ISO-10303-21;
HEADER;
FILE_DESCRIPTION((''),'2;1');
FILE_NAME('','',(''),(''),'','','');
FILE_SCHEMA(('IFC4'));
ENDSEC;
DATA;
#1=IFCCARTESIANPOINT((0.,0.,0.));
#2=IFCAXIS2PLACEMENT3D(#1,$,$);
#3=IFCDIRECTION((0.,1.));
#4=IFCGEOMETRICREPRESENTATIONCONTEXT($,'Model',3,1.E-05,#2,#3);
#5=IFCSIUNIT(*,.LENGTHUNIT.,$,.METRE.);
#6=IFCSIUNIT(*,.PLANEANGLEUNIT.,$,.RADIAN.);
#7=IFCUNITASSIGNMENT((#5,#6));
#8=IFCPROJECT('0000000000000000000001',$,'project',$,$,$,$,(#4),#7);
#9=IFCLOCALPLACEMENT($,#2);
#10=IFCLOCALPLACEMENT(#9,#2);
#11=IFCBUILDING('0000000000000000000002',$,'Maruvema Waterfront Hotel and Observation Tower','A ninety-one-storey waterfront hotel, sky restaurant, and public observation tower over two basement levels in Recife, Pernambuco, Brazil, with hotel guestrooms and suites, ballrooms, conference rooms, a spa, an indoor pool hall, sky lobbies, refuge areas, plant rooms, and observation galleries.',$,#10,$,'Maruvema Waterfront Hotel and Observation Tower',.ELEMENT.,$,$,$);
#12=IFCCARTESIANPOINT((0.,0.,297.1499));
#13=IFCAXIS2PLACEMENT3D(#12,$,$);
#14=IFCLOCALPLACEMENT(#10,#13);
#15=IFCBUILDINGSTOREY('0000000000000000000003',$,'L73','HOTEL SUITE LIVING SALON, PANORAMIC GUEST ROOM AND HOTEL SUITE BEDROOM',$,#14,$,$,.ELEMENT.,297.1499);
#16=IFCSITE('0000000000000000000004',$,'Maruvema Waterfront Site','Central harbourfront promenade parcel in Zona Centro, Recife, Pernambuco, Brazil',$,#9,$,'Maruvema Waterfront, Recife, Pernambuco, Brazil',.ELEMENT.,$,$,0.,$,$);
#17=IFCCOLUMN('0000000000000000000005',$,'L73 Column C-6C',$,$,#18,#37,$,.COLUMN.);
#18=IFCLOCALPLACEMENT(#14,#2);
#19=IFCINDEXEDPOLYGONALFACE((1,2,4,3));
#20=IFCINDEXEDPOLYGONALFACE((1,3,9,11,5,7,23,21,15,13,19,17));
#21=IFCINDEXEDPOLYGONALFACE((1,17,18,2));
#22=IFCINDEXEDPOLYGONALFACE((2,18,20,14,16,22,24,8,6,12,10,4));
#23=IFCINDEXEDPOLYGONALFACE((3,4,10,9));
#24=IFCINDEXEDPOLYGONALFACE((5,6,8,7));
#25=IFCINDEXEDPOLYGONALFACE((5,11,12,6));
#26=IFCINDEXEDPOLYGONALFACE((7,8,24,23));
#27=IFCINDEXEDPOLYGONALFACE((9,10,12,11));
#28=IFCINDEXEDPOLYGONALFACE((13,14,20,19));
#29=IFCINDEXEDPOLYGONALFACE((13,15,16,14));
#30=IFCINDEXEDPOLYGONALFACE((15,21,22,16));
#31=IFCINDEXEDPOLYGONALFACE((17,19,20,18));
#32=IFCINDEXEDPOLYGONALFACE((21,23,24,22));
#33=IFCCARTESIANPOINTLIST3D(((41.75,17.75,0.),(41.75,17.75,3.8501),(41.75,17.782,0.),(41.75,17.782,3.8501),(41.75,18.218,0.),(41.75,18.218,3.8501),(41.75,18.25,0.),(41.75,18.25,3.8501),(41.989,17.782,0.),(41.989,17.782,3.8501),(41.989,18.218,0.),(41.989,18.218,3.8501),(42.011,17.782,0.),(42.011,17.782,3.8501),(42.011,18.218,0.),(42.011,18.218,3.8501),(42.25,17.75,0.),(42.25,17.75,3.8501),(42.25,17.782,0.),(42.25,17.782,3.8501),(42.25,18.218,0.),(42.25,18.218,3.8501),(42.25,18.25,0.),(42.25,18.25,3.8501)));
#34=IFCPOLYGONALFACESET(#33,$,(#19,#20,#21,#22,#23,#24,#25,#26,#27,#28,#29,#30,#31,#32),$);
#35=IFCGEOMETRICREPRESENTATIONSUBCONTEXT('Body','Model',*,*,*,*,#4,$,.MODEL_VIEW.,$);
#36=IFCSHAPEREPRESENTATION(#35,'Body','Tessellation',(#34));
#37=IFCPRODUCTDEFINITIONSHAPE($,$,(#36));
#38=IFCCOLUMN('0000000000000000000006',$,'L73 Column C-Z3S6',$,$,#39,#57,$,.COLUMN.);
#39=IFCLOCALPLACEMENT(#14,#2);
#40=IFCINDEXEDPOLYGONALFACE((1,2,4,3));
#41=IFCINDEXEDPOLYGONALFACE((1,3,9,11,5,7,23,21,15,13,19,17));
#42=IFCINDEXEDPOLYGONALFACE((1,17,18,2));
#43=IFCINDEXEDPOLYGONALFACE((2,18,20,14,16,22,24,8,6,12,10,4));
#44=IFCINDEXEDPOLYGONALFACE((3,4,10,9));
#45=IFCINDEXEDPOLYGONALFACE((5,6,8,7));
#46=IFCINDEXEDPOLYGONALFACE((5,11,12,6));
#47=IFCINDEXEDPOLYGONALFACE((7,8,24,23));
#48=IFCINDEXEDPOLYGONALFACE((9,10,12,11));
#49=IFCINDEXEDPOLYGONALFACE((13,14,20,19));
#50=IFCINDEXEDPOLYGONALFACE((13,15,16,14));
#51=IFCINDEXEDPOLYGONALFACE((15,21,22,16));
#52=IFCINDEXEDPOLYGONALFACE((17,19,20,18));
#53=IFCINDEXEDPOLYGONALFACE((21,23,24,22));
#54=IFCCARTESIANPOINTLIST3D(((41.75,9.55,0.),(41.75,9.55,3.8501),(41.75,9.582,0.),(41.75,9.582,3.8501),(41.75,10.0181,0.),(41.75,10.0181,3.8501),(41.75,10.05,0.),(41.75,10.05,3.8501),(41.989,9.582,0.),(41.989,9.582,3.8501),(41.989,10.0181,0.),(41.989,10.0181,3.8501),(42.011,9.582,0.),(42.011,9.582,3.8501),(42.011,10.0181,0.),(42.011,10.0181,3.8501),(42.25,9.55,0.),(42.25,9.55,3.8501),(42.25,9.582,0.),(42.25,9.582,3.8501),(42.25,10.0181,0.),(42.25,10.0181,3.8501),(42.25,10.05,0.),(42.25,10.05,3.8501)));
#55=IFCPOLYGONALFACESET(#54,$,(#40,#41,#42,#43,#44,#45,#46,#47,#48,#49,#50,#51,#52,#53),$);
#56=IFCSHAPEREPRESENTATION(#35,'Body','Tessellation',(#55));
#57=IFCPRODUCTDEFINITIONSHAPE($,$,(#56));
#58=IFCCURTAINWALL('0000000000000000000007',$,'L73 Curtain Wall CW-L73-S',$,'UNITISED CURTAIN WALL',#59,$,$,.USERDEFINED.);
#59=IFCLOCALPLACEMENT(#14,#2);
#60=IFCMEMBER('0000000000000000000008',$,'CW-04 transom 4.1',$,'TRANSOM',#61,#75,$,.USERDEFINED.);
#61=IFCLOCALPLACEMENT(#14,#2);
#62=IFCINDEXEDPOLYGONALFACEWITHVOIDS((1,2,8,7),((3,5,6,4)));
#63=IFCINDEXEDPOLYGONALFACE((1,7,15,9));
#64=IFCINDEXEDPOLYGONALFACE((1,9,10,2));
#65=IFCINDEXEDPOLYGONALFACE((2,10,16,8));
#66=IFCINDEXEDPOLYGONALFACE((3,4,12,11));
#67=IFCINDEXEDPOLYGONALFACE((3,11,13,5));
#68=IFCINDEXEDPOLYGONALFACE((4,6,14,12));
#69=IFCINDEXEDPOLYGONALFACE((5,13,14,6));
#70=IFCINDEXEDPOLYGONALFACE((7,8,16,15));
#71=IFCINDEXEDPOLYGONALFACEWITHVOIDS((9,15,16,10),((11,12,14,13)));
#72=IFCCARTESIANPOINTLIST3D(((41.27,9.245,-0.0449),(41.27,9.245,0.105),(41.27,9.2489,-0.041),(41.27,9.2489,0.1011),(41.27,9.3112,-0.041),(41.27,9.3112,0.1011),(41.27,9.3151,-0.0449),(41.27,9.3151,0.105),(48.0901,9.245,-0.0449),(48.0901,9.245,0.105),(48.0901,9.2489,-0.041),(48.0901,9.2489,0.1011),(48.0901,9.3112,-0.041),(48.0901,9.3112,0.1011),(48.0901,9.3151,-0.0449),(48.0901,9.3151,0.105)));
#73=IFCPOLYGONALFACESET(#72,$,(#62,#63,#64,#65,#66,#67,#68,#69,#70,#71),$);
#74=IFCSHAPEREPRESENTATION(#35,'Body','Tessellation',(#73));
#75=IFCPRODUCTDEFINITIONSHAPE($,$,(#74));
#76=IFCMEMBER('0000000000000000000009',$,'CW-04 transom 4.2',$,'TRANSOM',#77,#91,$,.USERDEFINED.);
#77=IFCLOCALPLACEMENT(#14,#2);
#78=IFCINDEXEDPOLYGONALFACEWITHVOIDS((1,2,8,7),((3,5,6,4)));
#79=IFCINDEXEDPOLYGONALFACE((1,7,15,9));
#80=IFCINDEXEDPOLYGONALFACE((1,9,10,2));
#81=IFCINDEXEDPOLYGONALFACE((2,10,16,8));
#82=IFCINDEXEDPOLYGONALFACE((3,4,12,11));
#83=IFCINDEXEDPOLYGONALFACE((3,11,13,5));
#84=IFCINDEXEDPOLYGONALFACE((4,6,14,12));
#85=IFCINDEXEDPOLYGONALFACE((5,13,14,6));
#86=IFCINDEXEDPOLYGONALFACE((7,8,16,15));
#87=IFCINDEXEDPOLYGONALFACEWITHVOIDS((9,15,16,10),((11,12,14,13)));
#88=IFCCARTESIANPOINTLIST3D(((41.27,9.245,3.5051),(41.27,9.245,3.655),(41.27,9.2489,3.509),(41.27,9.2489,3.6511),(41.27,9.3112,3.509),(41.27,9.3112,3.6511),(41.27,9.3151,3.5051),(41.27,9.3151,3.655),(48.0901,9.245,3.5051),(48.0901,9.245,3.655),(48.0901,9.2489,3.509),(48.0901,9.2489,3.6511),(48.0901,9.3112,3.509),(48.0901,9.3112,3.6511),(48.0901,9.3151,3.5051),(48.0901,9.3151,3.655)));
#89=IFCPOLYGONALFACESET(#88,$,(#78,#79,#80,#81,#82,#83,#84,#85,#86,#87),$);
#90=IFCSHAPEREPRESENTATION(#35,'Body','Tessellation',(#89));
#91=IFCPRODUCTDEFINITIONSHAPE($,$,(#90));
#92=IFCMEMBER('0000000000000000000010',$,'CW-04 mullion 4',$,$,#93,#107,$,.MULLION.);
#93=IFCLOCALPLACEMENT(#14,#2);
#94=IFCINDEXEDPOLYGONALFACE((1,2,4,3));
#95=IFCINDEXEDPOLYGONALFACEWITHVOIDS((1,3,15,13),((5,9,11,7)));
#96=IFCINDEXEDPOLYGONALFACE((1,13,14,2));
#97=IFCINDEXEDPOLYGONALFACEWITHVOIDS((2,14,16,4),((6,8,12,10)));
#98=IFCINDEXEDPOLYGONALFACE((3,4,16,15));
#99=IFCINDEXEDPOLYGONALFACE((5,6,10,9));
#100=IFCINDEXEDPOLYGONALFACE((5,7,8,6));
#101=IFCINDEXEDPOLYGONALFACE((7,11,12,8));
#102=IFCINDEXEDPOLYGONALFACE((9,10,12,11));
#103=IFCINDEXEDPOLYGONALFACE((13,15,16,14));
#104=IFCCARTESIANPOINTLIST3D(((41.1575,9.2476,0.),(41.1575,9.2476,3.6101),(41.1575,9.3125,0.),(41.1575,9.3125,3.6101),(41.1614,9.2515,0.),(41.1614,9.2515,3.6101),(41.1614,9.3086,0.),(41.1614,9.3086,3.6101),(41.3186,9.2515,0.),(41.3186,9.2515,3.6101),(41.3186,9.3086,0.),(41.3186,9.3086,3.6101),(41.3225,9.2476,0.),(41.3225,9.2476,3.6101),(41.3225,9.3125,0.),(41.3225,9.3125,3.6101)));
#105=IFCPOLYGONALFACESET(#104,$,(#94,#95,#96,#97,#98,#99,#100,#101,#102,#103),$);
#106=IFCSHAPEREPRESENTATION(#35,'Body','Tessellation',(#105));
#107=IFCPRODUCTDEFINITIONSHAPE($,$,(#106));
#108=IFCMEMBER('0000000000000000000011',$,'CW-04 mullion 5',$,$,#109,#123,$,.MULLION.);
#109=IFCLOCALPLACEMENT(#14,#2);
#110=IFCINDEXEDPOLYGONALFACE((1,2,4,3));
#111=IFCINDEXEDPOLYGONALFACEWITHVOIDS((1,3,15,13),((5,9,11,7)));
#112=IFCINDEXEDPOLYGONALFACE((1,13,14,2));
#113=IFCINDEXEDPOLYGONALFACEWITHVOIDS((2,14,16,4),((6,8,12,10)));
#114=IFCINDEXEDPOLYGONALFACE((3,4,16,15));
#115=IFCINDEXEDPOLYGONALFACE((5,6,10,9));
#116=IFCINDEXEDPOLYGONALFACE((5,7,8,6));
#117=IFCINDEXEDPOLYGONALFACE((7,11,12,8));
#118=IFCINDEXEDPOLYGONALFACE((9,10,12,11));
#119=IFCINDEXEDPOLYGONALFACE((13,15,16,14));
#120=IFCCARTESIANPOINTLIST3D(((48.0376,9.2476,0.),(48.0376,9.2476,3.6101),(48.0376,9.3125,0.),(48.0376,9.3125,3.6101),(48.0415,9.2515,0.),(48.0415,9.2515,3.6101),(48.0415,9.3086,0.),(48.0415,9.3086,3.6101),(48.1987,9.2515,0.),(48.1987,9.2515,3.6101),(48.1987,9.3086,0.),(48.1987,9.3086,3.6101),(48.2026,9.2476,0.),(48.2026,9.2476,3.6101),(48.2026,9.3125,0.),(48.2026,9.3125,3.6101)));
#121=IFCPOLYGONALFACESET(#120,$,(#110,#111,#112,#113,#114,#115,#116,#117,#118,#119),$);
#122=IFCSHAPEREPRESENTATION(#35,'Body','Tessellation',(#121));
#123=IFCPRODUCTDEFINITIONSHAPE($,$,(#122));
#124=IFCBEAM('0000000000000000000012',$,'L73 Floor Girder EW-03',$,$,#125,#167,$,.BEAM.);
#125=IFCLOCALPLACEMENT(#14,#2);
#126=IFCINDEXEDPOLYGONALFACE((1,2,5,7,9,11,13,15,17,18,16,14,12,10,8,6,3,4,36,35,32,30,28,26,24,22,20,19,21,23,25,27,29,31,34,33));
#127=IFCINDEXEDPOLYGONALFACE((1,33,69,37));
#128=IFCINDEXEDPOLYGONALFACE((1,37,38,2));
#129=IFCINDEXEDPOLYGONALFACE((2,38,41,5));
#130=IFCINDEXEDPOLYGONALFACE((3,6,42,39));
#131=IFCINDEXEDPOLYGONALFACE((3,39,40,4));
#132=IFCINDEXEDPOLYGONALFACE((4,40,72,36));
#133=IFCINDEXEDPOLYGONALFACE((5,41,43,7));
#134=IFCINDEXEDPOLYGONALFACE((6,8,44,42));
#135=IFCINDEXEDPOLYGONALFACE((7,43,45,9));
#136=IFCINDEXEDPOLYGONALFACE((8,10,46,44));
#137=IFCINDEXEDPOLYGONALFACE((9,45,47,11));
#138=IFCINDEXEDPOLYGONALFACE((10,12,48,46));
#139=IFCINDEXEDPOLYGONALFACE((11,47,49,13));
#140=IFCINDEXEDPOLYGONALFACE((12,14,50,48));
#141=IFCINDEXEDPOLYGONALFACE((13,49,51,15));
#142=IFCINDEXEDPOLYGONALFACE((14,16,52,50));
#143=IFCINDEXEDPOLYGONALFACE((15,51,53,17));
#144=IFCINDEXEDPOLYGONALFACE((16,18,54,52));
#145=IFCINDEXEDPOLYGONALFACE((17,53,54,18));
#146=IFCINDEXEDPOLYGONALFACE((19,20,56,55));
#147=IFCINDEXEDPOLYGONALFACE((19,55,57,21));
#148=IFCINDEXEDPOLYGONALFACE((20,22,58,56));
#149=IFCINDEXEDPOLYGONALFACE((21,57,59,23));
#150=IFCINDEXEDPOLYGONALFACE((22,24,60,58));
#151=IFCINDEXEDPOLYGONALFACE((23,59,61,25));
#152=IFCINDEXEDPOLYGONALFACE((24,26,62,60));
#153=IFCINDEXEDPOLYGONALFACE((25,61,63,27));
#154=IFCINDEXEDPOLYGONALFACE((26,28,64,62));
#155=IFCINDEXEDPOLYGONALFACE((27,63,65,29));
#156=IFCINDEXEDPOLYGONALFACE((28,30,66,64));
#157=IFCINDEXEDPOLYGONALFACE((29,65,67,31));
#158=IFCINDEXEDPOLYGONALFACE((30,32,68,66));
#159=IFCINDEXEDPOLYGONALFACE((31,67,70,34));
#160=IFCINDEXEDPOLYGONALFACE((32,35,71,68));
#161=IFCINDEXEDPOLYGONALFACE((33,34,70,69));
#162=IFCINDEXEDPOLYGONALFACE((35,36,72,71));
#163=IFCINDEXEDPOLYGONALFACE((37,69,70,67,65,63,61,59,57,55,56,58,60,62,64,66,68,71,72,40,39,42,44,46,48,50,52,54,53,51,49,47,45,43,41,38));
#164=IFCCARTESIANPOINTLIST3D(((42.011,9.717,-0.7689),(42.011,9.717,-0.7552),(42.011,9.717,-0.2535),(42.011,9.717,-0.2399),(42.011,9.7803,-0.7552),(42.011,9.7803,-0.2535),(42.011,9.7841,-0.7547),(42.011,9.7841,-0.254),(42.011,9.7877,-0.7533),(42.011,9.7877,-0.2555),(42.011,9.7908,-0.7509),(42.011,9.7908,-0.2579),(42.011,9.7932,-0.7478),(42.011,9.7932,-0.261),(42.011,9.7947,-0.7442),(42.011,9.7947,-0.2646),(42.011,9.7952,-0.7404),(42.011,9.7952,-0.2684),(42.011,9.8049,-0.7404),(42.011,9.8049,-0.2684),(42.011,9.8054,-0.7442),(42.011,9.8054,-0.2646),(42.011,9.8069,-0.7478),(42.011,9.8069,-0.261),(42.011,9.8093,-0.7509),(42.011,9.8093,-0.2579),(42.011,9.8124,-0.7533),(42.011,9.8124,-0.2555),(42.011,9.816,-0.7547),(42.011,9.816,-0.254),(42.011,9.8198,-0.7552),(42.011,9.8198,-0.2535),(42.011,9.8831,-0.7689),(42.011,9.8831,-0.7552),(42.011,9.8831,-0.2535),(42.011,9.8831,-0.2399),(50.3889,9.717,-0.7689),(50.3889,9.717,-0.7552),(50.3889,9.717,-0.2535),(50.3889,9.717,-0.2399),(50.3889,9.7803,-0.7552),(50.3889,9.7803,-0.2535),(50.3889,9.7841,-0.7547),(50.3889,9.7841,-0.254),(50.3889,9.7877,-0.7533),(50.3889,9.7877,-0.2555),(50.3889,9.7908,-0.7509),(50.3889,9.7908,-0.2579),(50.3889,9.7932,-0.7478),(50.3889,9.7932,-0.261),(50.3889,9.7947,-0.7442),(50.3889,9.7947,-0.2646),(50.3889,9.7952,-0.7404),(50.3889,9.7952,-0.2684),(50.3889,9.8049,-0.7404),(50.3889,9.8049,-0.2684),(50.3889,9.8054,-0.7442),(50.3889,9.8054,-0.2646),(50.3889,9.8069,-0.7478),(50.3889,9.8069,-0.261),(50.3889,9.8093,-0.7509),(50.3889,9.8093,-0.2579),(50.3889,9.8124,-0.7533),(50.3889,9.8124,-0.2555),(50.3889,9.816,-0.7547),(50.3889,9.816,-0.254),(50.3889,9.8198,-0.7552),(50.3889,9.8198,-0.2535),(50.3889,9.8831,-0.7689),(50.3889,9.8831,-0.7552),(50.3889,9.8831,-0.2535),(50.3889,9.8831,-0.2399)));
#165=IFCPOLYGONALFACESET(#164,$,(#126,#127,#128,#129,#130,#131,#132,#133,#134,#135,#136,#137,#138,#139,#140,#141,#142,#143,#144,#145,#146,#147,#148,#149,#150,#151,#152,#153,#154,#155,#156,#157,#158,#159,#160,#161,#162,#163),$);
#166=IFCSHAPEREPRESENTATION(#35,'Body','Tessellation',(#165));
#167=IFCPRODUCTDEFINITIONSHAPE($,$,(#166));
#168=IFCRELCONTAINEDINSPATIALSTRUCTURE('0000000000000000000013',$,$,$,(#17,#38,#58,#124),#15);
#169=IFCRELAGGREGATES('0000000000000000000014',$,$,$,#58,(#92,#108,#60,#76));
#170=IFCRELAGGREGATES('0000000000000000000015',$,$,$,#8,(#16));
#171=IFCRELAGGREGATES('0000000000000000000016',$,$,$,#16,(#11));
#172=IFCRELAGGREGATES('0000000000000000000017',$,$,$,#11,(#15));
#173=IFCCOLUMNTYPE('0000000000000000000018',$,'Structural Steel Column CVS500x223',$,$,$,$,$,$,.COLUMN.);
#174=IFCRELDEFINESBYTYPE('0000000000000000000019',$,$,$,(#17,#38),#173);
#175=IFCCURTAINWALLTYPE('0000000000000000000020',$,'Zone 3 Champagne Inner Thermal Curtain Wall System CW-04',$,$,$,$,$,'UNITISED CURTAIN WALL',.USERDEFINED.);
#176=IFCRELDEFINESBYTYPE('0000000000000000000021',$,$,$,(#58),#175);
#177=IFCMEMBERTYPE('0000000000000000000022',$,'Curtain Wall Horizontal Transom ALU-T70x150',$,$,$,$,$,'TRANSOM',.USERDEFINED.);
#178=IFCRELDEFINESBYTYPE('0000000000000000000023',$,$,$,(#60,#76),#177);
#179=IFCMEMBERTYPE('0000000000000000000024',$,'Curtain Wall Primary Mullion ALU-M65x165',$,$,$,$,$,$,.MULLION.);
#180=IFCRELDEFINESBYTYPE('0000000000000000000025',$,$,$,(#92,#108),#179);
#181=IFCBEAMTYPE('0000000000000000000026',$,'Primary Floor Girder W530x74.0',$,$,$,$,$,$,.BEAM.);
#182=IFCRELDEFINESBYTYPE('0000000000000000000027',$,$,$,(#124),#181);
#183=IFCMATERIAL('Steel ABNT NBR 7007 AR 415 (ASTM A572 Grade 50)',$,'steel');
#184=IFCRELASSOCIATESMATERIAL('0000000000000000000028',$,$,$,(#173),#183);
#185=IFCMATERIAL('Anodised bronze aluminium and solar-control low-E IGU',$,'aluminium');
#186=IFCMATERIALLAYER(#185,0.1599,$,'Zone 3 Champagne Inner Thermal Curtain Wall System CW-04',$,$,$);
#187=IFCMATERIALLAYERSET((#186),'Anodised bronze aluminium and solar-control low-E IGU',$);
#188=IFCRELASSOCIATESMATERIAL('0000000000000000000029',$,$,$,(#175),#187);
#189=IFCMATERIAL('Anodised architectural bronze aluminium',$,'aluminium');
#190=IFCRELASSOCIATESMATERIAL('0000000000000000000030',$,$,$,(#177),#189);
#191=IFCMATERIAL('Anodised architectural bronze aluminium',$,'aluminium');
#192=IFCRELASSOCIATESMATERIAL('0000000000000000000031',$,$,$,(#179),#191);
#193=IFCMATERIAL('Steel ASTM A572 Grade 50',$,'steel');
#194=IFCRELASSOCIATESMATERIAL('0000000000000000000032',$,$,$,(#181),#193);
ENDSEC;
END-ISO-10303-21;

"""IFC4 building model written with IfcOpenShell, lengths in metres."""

from ifc_helpers import new_model, si_unit, direction, frame, origin, origin_2d, place, context, subcontext, project, spatial, hollow_rectangle, i_section, extrude, material, layer, layer_set, material_profile, profile_set, type_object, element, aggregate, save


model = new_model("IFC4")

# Units and contexts
model_context = context("Model", 3, precision=1e-05, world=origin(), true_north=direction((0.0, 1.0)))
body_context = subcontext(model_context, "Body", "Model", "MODEL_VIEW")
ifc_project = project(units=[si_unit("LENGTHUNIT", "METRE"), si_unit("PLANEANGLEUNIT", "RADIAN")], contexts=[model_context])

# Site, building, storey
site_placement = place(None, origin())
site = spatial("IfcSite", under=ifc_project, at=site_placement, Name="Maruvema Waterfront Site", Description="Central harbourfront promenade parcel in Zona Centro, Recife, Pernambuco, Brazil", LongName="Maruvema Waterfront, Recife, Pernambuco, Brazil", CompositionType="ELEMENT", RefElevation=0.0)
building_placement = place(site_placement, origin())
building = spatial("IfcBuilding", under=site, at=building_placement, Name="Maruvema Waterfront Hotel and Observation Tower", Description="A ninety-one-storey waterfront hotel, sky restaurant, and public observation tower over two basement levels in Recife, Pernambuco, Brazil, with hotel guestrooms and suites, ballrooms, conference rooms, a spa, an indoor pool hall, sky lobbies, refuge areas, plant rooms, and observation galleries.", LongName="Maruvema Waterfront Hotel and Observation Tower", CompositionType="ELEMENT")
storey_placement = place(building_placement, frame((0.0, 0.0, 297.1499)))
storey = spatial("IfcBuildingStorey", under=building, at=storey_placement, Name="L73", Description="HOTEL SUITE LIVING SALON, PANORAMIC GUEST ROOM AND HOTEL SUITE BEDROOM", CompositionType="ELEMENT", Elevation=297.1499)

# Columns
ifc_material_1 = material(Name="Steel ABNT NBR 7007 AR 415 (ASTM A572 Grade 50)", Category="steel")
ifc_material_profile_1 = material_profile(ifc_material_1, i_section(OverallWidth=0.5, OverallDepth=0.5, WebThickness=0.022, FlangeThickness=0.032, at=origin_2d()), Name="CVS500x223")
ifc_profile_set_1 = profile_set([ifc_material_profile_1], Name="Steel ABNT NBR 7007 AR 415 (ASTM A572 Grade 50)")
column_type = type_object("IfcColumnType", Name="Structural Steel Column CVS500x223", PredefinedType="COLUMN", material=ifc_profile_set_1)
for number, where, z_axis, x_axis, name in (
    (1, (42.0, 18.0, 0.0), (0.0, 0.0, 1.0), (1.0, 0.0, 0.0), "L73 Column C-6C"),
    (2, (42.0, 9.8, 0.0), (0.0, 0.0, 1.0), (1.0, 0.0, 0.0), "L73 Column C-Z3S6"),
):
    element("IfcColumn", number, at=place(storey_placement, frame(where, z_axis=z_axis, x_axis=x_axis)), inside=storey, type_object=column_type, Name=name, PredefinedType="COLUMN", context=body_context, shape_type="SweptSolid", body=[
        extrude(i_section(OverallWidth=0.5, OverallDepth=0.5, WebThickness=0.022, FlangeThickness=0.032, at=origin_2d()), origin(), (0.0, 0.0, 1.0), 3.8501),
    ])

# Curtain wall, members
ifc_material_2 = material(Name="Anodised bronze aluminium and solar-control low-E IGU", Category="aluminium")
ifc_layer_1 = layer(ifc_material_2, 0.1599, Name="Zone 3 Champagne Inner Thermal Curtain Wall System CW-04")
ifc_layer_set_1 = layer_set([ifc_layer_1], Name="Anodised bronze aluminium and solar-control low-E IGU")
curtain_wall_type = type_object("IfcCurtainWallType", Name="Zone 3 Champagne Inner Thermal Curtain Wall System CW-04", ElementType="UNITISED CURTAIN WALL", PredefinedType="USERDEFINED", material=ifc_layer_set_1)
curtain_wall_placement = place(storey_placement, origin())
curtain_wall = element("IfcCurtainWall", 3, at=curtain_wall_placement, inside=storey, type_object=curtain_wall_type, Name="L73 Curtain Wall CW-L73-S", ObjectType="UNITISED CURTAIN WALL", PredefinedType="USERDEFINED")
ifc_material_3 = material(Name="Anodised architectural bronze aluminium", Category="aluminium")
ifc_material_profile_2 = material_profile(ifc_material_3, hollow_rectangle(XDim=0.0701, YDim=0.1499, WallThickness=0.0039, at=origin_2d()), Name="ALU-T70x150")
ifc_profile_set_2 = profile_set([ifc_material_profile_2], Name="Anodised architectural bronze aluminium")
member_type_1 = type_object("IfcMemberType", Name="Curtain Wall Horizontal Transom ALU-T70x150", ElementType="TRANSOM", PredefinedType="USERDEFINED", material=ifc_profile_set_2)
member_1_placement = place(storey_placement, frame((41.27, 9.28, 0.03), z_axis=(1.0, 0.0, 0.0), x_axis=(0.0, 1.0, 0.0)))
member_1 = element("IfcMember", 4, at=member_1_placement, type_object=member_type_1, Name="CW-04 transom 4.1", ObjectType="TRANSOM", PredefinedType="USERDEFINED", context=body_context, shape_type="SweptSolid", body=[
    extrude(hollow_rectangle(XDim=0.0701, YDim=0.1499, WallThickness=0.0039, at=origin_2d()), origin(), (0.0, 0.0, 1.0), 6.8201),
])
member_2_placement = place(storey_placement, frame((41.27, 9.28, 3.5801), z_axis=(1.0, 0.0, 0.0), x_axis=(0.0, 1.0, 0.0)))
member_2 = element("IfcMember", 5, at=member_2_placement, type_object=member_type_1, Name="CW-04 transom 4.2", ObjectType="TRANSOM", PredefinedType="USERDEFINED", context=body_context, shape_type="SweptSolid", body=[
    extrude(hollow_rectangle(XDim=0.0701, YDim=0.1499, WallThickness=0.0039, at=origin_2d()), origin(), (0.0, 0.0, 1.0), 6.8201),
])
ifc_material_4 = material(Name="Anodised architectural bronze aluminium", Category="aluminium")
ifc_material_profile_3 = material_profile(ifc_material_4, hollow_rectangle(XDim=0.0649, YDim=0.165, WallThickness=0.0039, at=origin_2d()), Name="ALU-M65x165")
ifc_profile_set_3 = profile_set([ifc_material_profile_3], Name="Anodised architectural bronze aluminium")
member_type_2 = type_object("IfcMemberType", Name="Curtain Wall Primary Mullion ALU-M65x165", PredefinedType="MULLION", material=ifc_profile_set_3)
member_3_placement = place(storey_placement, frame((41.24, 9.28, 0.0), z_axis=(0.0, 0.0, 1.0), x_axis=(0.0, 1.0, 0.0)))
member_3 = element("IfcMember", 6, at=member_3_placement, type_object=member_type_2, Name="CW-04 mullion 4", PredefinedType="MULLION", context=body_context, shape_type="SweptSolid", body=[
    extrude(hollow_rectangle(XDim=0.0649, YDim=0.165, WallThickness=0.0039, at=origin_2d()), origin(), (0.0, 0.0, 1.0), 3.6101),
])
member_4_placement = place(storey_placement, frame((48.1201, 9.28, 0.0), z_axis=(0.0, 0.0, 1.0), x_axis=(0.0, 1.0, 0.0)))
member_4 = element("IfcMember", 7, at=member_4_placement, type_object=member_type_2, Name="CW-04 mullion 5", PredefinedType="MULLION", context=body_context, shape_type="SweptSolid", body=[
    extrude(hollow_rectangle(XDim=0.0649, YDim=0.165, WallThickness=0.0039, at=origin_2d()), origin(), (0.0, 0.0, 1.0), 3.6101),
])

# Beam
ifc_material_5 = material(Name="Steel ASTM A572 Grade 50", Category="steel")
ifc_material_profile_4 = material_profile(ifc_material_5, i_section(OverallWidth=0.166, OverallDepth=0.5291, WebThickness=0.0098, FlangeThickness=0.0137, FilletRadius=0.0149, at=origin_2d()), Name="W530x74.0")
ifc_profile_set_4 = profile_set([ifc_material_profile_4], Name="Steel ASTM A572 Grade 50")
beam_type_1 = type_object("IfcBeamType", Name="Primary Floor Girder W530x74.0", PredefinedType="BEAM", material=ifc_profile_set_4)
beam_1_placement = place(storey_placement, frame((42.011, 9.8, -0.5044), z_axis=(1.0, 0.0, 0.0), x_axis=(0.0, 1.0, 0.0)))
element("IfcBeam", 8, at=beam_1_placement, inside=storey, type_object=beam_type_1, Name="L73 Floor Girder EW-03", PredefinedType="BEAM", context=body_context, shape_type="SweptSolid", body=[
    extrude(i_section(OverallWidth=0.166, OverallDepth=0.5291, WebThickness=0.0098, FlangeThickness=0.0137, FilletRadius=0.0149, at=origin_2d()), origin(), (0.0, 0.0, 1.0), 8.3779),
])

aggregate(curtain_wall, [member_3, member_4, member_1, member_2])

save(model, "model.ifc")
